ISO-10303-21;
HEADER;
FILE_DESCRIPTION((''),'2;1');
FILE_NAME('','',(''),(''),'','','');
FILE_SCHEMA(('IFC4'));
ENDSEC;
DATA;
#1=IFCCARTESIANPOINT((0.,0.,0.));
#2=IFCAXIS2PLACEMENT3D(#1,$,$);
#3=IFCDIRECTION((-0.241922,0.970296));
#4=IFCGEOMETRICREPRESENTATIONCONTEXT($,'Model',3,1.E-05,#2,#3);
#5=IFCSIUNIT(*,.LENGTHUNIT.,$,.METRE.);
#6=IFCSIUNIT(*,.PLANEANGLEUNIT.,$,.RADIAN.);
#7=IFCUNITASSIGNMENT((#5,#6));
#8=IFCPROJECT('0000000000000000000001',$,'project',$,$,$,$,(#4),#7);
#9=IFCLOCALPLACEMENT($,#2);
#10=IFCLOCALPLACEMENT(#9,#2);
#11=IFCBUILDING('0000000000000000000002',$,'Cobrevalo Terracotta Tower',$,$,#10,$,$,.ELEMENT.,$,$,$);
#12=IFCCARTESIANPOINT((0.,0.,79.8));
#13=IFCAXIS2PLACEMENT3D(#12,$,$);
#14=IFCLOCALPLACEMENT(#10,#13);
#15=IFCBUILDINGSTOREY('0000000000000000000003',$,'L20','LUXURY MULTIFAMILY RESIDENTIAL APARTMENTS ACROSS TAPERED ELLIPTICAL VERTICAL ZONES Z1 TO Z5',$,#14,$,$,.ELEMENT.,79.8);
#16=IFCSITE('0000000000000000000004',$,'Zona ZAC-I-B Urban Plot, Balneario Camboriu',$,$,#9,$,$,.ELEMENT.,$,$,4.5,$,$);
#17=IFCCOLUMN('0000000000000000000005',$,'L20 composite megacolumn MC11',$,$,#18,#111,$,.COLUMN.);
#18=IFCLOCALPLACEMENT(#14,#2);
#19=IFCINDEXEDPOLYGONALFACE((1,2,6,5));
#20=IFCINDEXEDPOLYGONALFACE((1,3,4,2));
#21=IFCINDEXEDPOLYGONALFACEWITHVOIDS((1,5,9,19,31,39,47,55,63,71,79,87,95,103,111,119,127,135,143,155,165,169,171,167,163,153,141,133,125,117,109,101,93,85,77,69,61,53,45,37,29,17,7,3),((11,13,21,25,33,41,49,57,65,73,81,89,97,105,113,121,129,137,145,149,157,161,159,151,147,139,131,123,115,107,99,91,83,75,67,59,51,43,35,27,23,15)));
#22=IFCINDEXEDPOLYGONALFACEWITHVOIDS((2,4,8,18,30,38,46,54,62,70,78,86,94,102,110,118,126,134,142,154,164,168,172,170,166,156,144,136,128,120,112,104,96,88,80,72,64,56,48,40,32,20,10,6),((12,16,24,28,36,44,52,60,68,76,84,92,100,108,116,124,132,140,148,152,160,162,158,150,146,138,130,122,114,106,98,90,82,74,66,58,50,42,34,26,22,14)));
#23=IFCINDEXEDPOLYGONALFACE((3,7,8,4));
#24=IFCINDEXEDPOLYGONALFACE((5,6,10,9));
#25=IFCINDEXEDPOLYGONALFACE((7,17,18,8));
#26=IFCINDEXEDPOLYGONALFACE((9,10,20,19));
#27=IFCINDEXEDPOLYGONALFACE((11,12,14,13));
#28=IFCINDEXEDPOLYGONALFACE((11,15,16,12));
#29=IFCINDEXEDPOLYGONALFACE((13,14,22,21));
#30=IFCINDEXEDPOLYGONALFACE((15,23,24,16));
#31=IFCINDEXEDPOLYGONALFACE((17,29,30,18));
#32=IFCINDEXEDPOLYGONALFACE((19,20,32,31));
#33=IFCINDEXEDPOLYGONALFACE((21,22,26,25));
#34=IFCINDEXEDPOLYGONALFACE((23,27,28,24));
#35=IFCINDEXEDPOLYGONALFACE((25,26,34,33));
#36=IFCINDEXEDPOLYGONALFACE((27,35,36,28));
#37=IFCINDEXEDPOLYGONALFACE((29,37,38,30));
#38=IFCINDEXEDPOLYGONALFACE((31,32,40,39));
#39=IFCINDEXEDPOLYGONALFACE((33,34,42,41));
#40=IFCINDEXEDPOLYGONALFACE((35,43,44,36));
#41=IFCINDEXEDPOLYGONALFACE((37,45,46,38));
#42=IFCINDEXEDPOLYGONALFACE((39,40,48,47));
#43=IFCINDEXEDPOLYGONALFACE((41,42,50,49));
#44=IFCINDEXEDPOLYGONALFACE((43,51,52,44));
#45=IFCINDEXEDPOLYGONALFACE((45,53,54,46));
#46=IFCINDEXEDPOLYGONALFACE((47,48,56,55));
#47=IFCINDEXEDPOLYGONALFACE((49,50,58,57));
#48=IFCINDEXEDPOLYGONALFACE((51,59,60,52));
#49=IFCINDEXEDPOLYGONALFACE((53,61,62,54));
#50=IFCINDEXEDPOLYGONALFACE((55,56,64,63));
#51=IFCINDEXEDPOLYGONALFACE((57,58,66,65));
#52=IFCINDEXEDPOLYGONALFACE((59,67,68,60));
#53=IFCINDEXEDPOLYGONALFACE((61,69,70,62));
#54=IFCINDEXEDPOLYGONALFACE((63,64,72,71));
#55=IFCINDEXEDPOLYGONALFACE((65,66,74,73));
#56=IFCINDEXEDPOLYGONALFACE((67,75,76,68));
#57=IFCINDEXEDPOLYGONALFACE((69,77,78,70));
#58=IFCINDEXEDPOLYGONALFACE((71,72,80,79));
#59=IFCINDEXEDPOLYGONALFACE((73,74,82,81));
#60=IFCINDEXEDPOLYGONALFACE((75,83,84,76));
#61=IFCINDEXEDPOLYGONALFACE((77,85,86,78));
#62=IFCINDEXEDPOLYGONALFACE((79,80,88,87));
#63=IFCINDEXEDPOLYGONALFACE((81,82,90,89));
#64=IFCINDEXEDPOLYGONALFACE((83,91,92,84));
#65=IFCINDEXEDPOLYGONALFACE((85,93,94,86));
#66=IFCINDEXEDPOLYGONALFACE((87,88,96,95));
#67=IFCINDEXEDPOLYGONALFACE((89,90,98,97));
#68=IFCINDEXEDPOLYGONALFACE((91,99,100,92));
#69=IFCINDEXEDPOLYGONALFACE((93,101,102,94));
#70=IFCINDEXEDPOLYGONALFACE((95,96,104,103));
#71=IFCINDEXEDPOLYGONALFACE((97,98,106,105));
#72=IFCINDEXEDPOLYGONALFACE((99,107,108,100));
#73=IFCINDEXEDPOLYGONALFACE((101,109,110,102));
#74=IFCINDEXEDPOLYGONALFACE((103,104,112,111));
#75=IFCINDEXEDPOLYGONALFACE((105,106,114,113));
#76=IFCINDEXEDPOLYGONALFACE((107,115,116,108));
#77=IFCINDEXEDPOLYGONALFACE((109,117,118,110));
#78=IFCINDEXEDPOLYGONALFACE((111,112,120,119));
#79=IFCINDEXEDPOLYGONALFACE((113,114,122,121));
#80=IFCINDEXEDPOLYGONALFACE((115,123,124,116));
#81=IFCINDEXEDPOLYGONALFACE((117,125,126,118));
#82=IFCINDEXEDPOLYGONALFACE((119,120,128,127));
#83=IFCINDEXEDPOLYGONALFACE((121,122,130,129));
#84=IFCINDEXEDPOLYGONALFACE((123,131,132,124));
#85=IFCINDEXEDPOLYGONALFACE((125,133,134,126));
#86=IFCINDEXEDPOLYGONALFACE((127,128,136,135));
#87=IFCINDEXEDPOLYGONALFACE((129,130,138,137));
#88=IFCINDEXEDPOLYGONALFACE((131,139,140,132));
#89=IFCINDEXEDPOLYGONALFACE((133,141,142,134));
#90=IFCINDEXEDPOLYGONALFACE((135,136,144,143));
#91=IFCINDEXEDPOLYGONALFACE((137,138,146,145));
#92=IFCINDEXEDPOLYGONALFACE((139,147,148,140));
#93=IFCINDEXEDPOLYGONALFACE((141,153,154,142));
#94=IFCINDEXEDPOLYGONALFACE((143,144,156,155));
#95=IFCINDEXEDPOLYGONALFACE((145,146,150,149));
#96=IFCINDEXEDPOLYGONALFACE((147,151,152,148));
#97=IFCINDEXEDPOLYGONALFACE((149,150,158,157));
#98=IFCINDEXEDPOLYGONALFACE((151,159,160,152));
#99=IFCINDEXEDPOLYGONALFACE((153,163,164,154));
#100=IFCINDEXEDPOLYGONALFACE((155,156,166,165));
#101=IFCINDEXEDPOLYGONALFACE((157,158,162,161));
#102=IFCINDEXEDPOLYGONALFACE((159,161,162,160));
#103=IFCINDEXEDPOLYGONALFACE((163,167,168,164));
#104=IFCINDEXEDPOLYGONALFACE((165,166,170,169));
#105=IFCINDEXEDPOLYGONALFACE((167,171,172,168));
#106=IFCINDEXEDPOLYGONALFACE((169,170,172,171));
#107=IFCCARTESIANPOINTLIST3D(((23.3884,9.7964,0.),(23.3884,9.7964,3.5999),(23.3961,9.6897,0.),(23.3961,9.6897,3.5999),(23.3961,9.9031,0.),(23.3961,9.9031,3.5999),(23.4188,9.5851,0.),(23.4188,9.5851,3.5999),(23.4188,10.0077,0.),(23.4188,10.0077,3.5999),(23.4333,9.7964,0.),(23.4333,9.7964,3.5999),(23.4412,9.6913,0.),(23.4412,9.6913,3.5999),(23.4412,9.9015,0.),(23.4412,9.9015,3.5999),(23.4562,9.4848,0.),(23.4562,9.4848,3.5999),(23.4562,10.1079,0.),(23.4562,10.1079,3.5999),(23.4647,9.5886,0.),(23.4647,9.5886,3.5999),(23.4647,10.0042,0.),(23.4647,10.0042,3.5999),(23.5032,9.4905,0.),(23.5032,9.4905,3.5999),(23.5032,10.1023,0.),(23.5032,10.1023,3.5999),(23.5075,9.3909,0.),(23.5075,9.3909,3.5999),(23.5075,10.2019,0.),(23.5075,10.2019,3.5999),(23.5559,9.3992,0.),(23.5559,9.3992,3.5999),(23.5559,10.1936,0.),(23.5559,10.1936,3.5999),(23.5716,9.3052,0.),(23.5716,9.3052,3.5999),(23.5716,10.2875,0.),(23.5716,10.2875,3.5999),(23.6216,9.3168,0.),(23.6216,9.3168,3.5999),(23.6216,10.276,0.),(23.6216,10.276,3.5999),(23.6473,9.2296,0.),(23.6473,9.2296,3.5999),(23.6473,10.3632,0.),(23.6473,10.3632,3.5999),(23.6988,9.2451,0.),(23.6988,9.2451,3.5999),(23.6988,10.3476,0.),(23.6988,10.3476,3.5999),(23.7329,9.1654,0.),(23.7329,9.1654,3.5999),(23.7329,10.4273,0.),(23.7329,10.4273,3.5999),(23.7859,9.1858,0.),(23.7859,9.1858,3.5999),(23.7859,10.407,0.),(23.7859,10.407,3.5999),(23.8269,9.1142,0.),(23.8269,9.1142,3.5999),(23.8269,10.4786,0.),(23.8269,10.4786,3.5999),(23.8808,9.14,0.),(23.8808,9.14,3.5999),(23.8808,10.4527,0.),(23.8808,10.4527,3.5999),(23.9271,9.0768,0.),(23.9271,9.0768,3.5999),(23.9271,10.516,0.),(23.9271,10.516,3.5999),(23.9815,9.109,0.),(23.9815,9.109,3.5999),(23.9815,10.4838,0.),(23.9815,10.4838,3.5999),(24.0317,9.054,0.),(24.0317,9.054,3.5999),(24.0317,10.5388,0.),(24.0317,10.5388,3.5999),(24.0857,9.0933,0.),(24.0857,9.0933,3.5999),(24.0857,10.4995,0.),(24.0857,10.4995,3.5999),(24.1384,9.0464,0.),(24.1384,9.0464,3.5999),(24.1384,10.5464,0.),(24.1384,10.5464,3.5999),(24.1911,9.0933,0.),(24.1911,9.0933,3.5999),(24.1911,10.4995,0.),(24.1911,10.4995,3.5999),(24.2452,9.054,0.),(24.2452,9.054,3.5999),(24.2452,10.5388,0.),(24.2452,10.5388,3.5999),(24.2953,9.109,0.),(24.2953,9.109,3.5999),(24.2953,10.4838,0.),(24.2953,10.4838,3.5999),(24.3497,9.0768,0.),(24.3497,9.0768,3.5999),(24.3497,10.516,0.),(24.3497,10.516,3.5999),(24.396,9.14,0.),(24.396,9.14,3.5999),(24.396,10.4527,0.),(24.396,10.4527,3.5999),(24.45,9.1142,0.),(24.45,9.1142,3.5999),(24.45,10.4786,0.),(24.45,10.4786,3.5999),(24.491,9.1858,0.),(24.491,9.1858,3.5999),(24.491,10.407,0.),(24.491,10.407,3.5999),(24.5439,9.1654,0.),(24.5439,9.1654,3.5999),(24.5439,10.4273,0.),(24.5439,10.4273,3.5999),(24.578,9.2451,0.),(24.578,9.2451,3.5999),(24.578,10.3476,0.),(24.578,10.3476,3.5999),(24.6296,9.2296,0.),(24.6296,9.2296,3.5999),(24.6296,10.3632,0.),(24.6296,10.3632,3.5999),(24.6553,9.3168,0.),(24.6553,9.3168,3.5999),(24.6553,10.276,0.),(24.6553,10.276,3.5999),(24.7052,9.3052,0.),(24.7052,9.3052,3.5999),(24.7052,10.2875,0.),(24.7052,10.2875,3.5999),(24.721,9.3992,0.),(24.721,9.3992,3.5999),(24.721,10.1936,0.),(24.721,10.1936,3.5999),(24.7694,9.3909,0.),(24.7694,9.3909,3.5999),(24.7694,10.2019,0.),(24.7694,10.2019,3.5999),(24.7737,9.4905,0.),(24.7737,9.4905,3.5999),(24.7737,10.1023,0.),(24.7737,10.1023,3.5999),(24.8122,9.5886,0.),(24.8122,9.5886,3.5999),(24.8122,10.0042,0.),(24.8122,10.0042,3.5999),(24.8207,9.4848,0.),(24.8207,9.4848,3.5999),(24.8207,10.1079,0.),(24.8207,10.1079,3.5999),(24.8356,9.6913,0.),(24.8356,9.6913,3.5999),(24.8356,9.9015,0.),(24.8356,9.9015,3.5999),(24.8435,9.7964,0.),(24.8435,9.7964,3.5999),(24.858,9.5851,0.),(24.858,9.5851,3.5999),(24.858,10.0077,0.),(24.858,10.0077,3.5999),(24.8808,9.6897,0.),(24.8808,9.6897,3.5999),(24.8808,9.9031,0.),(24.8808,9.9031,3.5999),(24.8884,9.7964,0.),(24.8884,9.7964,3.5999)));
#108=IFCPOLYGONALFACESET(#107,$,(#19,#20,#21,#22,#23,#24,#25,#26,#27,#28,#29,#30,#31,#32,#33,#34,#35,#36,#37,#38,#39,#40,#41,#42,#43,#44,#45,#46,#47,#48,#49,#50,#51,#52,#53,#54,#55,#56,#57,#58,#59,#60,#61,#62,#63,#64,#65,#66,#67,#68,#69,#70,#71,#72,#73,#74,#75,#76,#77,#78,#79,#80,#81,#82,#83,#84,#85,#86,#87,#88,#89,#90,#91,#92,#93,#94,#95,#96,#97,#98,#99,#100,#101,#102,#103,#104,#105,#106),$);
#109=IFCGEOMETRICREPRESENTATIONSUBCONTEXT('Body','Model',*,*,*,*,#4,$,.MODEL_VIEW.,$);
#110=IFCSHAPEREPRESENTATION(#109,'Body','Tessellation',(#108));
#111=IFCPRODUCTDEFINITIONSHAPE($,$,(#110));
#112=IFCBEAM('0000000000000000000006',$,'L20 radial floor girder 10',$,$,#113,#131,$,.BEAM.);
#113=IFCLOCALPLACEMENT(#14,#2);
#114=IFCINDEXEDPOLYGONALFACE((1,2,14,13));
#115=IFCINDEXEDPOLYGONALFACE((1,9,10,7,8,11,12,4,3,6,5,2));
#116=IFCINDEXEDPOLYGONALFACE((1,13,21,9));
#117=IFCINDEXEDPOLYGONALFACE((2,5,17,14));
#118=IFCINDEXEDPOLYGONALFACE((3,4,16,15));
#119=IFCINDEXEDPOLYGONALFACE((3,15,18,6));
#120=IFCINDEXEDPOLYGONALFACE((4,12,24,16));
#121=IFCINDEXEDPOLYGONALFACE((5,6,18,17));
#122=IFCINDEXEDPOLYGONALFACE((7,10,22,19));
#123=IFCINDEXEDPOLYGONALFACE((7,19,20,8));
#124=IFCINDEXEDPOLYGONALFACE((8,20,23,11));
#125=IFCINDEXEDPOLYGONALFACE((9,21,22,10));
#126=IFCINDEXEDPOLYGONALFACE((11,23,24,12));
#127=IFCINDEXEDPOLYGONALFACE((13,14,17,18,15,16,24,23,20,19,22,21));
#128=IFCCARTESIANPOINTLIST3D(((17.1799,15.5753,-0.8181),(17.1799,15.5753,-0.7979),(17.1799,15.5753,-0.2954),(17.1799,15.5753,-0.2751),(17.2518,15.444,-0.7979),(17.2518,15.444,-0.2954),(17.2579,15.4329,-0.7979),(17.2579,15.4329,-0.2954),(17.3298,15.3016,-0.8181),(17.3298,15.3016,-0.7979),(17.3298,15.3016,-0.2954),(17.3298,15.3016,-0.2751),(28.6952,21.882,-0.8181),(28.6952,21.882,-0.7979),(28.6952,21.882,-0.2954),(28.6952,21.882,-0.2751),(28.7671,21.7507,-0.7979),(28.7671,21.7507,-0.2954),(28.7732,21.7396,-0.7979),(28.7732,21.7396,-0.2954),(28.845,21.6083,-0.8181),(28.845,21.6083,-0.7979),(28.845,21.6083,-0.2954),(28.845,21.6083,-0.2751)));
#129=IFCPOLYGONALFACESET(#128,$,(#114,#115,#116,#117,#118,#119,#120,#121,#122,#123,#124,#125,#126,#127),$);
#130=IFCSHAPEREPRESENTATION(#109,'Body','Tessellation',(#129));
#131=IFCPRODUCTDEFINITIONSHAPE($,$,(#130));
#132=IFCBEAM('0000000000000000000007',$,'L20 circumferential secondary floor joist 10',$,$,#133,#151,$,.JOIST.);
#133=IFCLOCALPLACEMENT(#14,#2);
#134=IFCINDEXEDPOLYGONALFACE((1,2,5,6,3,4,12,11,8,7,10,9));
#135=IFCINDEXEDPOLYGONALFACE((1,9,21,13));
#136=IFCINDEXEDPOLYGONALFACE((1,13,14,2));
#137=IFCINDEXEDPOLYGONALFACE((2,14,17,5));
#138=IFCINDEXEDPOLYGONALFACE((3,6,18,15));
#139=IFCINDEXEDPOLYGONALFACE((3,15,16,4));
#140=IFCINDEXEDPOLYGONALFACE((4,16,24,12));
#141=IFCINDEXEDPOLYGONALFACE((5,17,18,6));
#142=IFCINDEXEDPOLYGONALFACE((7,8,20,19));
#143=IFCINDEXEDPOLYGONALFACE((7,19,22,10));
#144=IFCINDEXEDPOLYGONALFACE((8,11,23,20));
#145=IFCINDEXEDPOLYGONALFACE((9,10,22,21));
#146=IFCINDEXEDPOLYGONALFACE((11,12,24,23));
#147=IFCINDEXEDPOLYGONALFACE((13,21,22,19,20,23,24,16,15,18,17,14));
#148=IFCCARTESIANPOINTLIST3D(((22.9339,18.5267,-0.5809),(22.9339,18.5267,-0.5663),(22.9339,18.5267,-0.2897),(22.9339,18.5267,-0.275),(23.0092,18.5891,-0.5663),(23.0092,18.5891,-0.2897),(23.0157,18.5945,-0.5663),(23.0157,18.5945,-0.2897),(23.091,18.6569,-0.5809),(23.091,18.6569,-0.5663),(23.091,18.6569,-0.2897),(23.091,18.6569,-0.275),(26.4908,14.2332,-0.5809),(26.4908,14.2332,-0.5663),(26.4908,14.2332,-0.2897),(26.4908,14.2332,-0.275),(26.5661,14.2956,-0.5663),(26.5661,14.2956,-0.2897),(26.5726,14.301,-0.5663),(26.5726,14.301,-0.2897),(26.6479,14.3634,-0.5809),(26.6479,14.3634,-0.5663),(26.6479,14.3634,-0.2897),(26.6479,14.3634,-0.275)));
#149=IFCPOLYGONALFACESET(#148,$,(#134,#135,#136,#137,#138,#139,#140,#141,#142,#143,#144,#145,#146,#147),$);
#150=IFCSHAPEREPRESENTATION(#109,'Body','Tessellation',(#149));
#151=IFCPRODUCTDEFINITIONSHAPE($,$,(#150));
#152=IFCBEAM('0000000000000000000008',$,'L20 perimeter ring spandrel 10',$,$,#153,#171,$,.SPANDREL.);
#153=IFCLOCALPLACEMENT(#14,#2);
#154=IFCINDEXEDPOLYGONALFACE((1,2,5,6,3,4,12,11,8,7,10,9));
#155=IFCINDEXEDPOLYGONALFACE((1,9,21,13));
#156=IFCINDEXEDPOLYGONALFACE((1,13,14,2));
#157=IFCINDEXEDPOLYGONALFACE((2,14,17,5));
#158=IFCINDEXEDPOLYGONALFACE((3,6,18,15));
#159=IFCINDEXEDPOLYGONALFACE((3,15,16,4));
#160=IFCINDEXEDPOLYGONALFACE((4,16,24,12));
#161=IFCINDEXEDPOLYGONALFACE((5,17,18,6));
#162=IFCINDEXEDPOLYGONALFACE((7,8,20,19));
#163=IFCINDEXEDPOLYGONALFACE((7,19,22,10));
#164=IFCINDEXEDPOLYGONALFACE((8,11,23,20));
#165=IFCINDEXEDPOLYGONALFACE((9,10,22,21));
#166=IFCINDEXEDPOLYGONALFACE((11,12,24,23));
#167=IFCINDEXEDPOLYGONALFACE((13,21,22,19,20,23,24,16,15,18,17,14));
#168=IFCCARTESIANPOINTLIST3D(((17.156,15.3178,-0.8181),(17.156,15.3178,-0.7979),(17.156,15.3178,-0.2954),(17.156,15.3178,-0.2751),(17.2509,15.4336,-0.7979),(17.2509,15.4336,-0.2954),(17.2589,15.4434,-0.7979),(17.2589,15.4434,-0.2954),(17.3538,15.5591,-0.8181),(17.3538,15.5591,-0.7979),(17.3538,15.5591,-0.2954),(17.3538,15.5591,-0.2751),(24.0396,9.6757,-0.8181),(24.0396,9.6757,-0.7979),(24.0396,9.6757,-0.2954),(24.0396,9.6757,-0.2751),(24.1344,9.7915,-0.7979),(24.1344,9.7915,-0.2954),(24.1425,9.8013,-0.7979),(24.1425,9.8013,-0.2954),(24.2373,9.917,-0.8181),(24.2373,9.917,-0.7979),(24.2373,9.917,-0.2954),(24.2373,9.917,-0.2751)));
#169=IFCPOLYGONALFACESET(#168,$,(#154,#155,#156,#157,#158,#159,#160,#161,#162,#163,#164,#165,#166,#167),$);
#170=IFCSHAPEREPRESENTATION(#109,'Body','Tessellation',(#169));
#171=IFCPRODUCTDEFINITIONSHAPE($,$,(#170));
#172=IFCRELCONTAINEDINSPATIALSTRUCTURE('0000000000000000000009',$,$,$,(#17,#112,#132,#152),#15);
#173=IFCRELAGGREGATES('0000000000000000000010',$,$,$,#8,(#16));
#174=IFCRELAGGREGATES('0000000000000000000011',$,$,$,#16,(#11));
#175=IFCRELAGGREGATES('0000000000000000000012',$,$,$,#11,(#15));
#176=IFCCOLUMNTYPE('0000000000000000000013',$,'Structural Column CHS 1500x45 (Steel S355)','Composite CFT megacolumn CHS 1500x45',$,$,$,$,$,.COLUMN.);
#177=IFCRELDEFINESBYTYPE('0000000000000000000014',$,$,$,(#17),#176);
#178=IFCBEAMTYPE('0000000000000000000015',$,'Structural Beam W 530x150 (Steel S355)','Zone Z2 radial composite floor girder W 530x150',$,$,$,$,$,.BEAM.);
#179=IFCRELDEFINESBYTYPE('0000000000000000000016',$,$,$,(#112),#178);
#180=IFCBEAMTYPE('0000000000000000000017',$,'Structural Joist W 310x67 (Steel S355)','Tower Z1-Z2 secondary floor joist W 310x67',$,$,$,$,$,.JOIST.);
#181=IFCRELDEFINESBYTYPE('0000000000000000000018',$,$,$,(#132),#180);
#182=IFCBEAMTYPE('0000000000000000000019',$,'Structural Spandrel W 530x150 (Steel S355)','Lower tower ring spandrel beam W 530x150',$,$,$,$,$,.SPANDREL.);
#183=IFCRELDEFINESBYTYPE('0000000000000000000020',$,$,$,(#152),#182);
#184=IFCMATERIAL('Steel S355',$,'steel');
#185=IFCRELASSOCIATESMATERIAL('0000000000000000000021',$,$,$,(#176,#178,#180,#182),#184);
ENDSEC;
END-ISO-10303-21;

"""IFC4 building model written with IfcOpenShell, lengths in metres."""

from ifc_helpers import new_model, si_unit, direction, frame, origin, origin_2d, place, context, subcontext, project, spatial, hollow_circle, i_section, extrude, material, material_profile, profile_set, type_object, element, save


model = new_model("IFC4")

# Units and contexts
model_context = context("Model", 3, precision=1e-05, world=origin(), true_north=direction((-0.241922, 0.970296)))
body_context = subcontext(model_context, "Body", "Model", "MODEL_VIEW")
ifc_project = project(units=[si_unit("LENGTHUNIT", "METRE"), si_unit("PLANEANGLEUNIT", "RADIAN")], contexts=[model_context])

# Site, building, storey
site_placement = place(None, origin())
site = spatial("IfcSite", under=ifc_project, at=site_placement, Name="Zona ZAC-I-B Urban Plot, Balneario Camboriu", CompositionType="ELEMENT", RefElevation=4.5)
building_placement = place(site_placement, origin())
building = spatial("IfcBuilding", under=site, at=building_placement, Name="Cobrevalo Terracotta Tower", CompositionType="ELEMENT")
storey_placement = place(building_placement, frame((0.0, 0.0, 79.8)))
storey = spatial("IfcBuildingStorey", under=building, at=storey_placement, Name="L20", Description="LUXURY MULTIFAMILY RESIDENTIAL APARTMENTS ACROSS TAPERED ELLIPTICAL VERTICAL ZONES Z1 TO Z5", CompositionType="ELEMENT", Elevation=79.8)

# Column
ifc_material_1 = material(Name="Steel S355", Category="steel")
ifc_material_profile_1 = material_profile(ifc_material_1, hollow_circle(Radius=0.75, WallThickness=0.0449, at=origin_2d()), Name="CHS 1500x45")
ifc_profile_set_1 = profile_set([ifc_material_profile_1], Name="Steel S355")
column_type = type_object("IfcColumnType", Name="Structural Column CHS 1500x45 (Steel S355)", Description="Composite CFT megacolumn CHS 1500x45", PredefinedType="COLUMN", material=ifc_profile_set_1)
for number, where, z_axis, x_axis, name in (
    (1, (24.1384, 9.7964, 0.0), (0.0, 0.0, 1.0), (1.0, 0.0, 0.0), "L20 composite megacolumn MC11"),
):
    element("IfcColumn", number, at=place(storey_placement, frame(where, z_axis=z_axis, x_axis=x_axis)), inside=storey, type_object=column_type, Name=name, PredefinedType="COLUMN", context=body_context, shape_type="SweptSolid", body=[
        extrude(hollow_circle(Radius=0.75, WallThickness=0.0449, at=origin_2d()), origin(), (0.0, 0.0, 1.0), 3.5999),
    ])

# Beams
ifc_material_profile_2 = material_profile(ifc_material_1, i_section(OverallWidth=0.312, OverallDepth=0.543, WebThickness=0.0127, FlangeThickness=0.0203, at=origin_2d()), Name="W 530x150")
ifc_profile_set_2 = profile_set([ifc_material_profile_2], Name="Steel S355")
beam_type_1 = type_object("IfcBeamType", Name="Structural Beam W 530x150 (Steel S355)", Description="Zone Z2 radial composite floor girder W 530x150", PredefinedType="BEAM", material=ifc_profile_set_2)
beam_1_placement = place(storey_placement, frame((17.2549, 15.4385, -0.5466), z_axis=(0.877073, 0.480358, 0.0), x_axis=(-0.480358, 0.877073, 0.0)))
element("IfcBeam", 2, at=beam_1_placement, inside=storey, type_object=beam_type_1, Name="L20 radial floor girder 10", PredefinedType="BEAM", context=body_context, shape_type="SweptSolid", body=[
    extrude(i_section(OverallWidth=0.312, OverallDepth=0.543, WebThickness=0.0127, FlangeThickness=0.0203, at=origin_2d()), origin(), (0.0, 0.0, 1.0), 13.1292),
])
ifc_material_profile_3 = material_profile(ifc_material_1, i_section(OverallWidth=0.2041, OverallDepth=0.3059, WebThickness=0.0085, FlangeThickness=0.0146, at=origin_2d()), Name="W 310x67")
ifc_profile_set_3 = profile_set([ifc_material_profile_3], Name="Steel S355")
beam_type_2 = type_object("IfcBeamType", Name="Structural Joist W 310x67 (Steel S355)", Description="Tower Z1-Z2 secondary floor joist W 310x67", PredefinedType="JOIST", material=ifc_profile_set_3)
beam_2_placement = place(storey_placement, frame((23.0125, 18.5918, -0.428), z_axis=(0.637959, -0.77007, 0.0), x_axis=(0.77007, 0.637959, 0.0)))
element("IfcBeam", 3, at=beam_2_placement, inside=storey, type_object=beam_type_2, Name="L20 circumferential secondary floor joist 10", PredefinedType="JOIST", context=body_context, shape_type="SweptSolid", body=[
    extrude(i_section(OverallWidth=0.2041, OverallDepth=0.3059, WebThickness=0.0085, FlangeThickness=0.0146, at=origin_2d()), origin(), (0.0, 0.0, 1.0), 5.5754),
])
ifc_material_profile_4 = material_profile(ifc_material_1, i_section(OverallWidth=0.312, OverallDepth=0.543, WebThickness=0.0127, FlangeThickness=0.0203, at=origin_2d()), Name="W 530x150")
ifc_profile_set_4 = profile_set([ifc_material_profile_4], Name="Steel S355")
beam_type_3 = type_object("IfcBeamType", Name="Structural Spandrel W 530x150 (Steel S355)", Description="Lower tower ring spandrel beam W 530x150", PredefinedType="SPANDREL", material=ifc_profile_set_4)
beam_3_placement = place(storey_placement, frame((17.2549, 15.4385, -0.5466), z_axis=(0.773401, -0.633917, 0.0), x_axis=(0.633917, 0.773401, 0.0)))
element("IfcBeam", 4, at=beam_3_placement, inside=storey, type_object=beam_type_3, Name="L20 perimeter ring spandrel 10", PredefinedType="SPANDREL", context=body_context, shape_type="SweptSolid", body=[
    extrude(i_section(OverallWidth=0.312, OverallDepth=0.543, WebThickness=0.0127, FlangeThickness=0.0203, at=origin_2d()), origin(), (0.0, 0.0, 1.0), 8.9004),
])

save(model, "model.ifc")
